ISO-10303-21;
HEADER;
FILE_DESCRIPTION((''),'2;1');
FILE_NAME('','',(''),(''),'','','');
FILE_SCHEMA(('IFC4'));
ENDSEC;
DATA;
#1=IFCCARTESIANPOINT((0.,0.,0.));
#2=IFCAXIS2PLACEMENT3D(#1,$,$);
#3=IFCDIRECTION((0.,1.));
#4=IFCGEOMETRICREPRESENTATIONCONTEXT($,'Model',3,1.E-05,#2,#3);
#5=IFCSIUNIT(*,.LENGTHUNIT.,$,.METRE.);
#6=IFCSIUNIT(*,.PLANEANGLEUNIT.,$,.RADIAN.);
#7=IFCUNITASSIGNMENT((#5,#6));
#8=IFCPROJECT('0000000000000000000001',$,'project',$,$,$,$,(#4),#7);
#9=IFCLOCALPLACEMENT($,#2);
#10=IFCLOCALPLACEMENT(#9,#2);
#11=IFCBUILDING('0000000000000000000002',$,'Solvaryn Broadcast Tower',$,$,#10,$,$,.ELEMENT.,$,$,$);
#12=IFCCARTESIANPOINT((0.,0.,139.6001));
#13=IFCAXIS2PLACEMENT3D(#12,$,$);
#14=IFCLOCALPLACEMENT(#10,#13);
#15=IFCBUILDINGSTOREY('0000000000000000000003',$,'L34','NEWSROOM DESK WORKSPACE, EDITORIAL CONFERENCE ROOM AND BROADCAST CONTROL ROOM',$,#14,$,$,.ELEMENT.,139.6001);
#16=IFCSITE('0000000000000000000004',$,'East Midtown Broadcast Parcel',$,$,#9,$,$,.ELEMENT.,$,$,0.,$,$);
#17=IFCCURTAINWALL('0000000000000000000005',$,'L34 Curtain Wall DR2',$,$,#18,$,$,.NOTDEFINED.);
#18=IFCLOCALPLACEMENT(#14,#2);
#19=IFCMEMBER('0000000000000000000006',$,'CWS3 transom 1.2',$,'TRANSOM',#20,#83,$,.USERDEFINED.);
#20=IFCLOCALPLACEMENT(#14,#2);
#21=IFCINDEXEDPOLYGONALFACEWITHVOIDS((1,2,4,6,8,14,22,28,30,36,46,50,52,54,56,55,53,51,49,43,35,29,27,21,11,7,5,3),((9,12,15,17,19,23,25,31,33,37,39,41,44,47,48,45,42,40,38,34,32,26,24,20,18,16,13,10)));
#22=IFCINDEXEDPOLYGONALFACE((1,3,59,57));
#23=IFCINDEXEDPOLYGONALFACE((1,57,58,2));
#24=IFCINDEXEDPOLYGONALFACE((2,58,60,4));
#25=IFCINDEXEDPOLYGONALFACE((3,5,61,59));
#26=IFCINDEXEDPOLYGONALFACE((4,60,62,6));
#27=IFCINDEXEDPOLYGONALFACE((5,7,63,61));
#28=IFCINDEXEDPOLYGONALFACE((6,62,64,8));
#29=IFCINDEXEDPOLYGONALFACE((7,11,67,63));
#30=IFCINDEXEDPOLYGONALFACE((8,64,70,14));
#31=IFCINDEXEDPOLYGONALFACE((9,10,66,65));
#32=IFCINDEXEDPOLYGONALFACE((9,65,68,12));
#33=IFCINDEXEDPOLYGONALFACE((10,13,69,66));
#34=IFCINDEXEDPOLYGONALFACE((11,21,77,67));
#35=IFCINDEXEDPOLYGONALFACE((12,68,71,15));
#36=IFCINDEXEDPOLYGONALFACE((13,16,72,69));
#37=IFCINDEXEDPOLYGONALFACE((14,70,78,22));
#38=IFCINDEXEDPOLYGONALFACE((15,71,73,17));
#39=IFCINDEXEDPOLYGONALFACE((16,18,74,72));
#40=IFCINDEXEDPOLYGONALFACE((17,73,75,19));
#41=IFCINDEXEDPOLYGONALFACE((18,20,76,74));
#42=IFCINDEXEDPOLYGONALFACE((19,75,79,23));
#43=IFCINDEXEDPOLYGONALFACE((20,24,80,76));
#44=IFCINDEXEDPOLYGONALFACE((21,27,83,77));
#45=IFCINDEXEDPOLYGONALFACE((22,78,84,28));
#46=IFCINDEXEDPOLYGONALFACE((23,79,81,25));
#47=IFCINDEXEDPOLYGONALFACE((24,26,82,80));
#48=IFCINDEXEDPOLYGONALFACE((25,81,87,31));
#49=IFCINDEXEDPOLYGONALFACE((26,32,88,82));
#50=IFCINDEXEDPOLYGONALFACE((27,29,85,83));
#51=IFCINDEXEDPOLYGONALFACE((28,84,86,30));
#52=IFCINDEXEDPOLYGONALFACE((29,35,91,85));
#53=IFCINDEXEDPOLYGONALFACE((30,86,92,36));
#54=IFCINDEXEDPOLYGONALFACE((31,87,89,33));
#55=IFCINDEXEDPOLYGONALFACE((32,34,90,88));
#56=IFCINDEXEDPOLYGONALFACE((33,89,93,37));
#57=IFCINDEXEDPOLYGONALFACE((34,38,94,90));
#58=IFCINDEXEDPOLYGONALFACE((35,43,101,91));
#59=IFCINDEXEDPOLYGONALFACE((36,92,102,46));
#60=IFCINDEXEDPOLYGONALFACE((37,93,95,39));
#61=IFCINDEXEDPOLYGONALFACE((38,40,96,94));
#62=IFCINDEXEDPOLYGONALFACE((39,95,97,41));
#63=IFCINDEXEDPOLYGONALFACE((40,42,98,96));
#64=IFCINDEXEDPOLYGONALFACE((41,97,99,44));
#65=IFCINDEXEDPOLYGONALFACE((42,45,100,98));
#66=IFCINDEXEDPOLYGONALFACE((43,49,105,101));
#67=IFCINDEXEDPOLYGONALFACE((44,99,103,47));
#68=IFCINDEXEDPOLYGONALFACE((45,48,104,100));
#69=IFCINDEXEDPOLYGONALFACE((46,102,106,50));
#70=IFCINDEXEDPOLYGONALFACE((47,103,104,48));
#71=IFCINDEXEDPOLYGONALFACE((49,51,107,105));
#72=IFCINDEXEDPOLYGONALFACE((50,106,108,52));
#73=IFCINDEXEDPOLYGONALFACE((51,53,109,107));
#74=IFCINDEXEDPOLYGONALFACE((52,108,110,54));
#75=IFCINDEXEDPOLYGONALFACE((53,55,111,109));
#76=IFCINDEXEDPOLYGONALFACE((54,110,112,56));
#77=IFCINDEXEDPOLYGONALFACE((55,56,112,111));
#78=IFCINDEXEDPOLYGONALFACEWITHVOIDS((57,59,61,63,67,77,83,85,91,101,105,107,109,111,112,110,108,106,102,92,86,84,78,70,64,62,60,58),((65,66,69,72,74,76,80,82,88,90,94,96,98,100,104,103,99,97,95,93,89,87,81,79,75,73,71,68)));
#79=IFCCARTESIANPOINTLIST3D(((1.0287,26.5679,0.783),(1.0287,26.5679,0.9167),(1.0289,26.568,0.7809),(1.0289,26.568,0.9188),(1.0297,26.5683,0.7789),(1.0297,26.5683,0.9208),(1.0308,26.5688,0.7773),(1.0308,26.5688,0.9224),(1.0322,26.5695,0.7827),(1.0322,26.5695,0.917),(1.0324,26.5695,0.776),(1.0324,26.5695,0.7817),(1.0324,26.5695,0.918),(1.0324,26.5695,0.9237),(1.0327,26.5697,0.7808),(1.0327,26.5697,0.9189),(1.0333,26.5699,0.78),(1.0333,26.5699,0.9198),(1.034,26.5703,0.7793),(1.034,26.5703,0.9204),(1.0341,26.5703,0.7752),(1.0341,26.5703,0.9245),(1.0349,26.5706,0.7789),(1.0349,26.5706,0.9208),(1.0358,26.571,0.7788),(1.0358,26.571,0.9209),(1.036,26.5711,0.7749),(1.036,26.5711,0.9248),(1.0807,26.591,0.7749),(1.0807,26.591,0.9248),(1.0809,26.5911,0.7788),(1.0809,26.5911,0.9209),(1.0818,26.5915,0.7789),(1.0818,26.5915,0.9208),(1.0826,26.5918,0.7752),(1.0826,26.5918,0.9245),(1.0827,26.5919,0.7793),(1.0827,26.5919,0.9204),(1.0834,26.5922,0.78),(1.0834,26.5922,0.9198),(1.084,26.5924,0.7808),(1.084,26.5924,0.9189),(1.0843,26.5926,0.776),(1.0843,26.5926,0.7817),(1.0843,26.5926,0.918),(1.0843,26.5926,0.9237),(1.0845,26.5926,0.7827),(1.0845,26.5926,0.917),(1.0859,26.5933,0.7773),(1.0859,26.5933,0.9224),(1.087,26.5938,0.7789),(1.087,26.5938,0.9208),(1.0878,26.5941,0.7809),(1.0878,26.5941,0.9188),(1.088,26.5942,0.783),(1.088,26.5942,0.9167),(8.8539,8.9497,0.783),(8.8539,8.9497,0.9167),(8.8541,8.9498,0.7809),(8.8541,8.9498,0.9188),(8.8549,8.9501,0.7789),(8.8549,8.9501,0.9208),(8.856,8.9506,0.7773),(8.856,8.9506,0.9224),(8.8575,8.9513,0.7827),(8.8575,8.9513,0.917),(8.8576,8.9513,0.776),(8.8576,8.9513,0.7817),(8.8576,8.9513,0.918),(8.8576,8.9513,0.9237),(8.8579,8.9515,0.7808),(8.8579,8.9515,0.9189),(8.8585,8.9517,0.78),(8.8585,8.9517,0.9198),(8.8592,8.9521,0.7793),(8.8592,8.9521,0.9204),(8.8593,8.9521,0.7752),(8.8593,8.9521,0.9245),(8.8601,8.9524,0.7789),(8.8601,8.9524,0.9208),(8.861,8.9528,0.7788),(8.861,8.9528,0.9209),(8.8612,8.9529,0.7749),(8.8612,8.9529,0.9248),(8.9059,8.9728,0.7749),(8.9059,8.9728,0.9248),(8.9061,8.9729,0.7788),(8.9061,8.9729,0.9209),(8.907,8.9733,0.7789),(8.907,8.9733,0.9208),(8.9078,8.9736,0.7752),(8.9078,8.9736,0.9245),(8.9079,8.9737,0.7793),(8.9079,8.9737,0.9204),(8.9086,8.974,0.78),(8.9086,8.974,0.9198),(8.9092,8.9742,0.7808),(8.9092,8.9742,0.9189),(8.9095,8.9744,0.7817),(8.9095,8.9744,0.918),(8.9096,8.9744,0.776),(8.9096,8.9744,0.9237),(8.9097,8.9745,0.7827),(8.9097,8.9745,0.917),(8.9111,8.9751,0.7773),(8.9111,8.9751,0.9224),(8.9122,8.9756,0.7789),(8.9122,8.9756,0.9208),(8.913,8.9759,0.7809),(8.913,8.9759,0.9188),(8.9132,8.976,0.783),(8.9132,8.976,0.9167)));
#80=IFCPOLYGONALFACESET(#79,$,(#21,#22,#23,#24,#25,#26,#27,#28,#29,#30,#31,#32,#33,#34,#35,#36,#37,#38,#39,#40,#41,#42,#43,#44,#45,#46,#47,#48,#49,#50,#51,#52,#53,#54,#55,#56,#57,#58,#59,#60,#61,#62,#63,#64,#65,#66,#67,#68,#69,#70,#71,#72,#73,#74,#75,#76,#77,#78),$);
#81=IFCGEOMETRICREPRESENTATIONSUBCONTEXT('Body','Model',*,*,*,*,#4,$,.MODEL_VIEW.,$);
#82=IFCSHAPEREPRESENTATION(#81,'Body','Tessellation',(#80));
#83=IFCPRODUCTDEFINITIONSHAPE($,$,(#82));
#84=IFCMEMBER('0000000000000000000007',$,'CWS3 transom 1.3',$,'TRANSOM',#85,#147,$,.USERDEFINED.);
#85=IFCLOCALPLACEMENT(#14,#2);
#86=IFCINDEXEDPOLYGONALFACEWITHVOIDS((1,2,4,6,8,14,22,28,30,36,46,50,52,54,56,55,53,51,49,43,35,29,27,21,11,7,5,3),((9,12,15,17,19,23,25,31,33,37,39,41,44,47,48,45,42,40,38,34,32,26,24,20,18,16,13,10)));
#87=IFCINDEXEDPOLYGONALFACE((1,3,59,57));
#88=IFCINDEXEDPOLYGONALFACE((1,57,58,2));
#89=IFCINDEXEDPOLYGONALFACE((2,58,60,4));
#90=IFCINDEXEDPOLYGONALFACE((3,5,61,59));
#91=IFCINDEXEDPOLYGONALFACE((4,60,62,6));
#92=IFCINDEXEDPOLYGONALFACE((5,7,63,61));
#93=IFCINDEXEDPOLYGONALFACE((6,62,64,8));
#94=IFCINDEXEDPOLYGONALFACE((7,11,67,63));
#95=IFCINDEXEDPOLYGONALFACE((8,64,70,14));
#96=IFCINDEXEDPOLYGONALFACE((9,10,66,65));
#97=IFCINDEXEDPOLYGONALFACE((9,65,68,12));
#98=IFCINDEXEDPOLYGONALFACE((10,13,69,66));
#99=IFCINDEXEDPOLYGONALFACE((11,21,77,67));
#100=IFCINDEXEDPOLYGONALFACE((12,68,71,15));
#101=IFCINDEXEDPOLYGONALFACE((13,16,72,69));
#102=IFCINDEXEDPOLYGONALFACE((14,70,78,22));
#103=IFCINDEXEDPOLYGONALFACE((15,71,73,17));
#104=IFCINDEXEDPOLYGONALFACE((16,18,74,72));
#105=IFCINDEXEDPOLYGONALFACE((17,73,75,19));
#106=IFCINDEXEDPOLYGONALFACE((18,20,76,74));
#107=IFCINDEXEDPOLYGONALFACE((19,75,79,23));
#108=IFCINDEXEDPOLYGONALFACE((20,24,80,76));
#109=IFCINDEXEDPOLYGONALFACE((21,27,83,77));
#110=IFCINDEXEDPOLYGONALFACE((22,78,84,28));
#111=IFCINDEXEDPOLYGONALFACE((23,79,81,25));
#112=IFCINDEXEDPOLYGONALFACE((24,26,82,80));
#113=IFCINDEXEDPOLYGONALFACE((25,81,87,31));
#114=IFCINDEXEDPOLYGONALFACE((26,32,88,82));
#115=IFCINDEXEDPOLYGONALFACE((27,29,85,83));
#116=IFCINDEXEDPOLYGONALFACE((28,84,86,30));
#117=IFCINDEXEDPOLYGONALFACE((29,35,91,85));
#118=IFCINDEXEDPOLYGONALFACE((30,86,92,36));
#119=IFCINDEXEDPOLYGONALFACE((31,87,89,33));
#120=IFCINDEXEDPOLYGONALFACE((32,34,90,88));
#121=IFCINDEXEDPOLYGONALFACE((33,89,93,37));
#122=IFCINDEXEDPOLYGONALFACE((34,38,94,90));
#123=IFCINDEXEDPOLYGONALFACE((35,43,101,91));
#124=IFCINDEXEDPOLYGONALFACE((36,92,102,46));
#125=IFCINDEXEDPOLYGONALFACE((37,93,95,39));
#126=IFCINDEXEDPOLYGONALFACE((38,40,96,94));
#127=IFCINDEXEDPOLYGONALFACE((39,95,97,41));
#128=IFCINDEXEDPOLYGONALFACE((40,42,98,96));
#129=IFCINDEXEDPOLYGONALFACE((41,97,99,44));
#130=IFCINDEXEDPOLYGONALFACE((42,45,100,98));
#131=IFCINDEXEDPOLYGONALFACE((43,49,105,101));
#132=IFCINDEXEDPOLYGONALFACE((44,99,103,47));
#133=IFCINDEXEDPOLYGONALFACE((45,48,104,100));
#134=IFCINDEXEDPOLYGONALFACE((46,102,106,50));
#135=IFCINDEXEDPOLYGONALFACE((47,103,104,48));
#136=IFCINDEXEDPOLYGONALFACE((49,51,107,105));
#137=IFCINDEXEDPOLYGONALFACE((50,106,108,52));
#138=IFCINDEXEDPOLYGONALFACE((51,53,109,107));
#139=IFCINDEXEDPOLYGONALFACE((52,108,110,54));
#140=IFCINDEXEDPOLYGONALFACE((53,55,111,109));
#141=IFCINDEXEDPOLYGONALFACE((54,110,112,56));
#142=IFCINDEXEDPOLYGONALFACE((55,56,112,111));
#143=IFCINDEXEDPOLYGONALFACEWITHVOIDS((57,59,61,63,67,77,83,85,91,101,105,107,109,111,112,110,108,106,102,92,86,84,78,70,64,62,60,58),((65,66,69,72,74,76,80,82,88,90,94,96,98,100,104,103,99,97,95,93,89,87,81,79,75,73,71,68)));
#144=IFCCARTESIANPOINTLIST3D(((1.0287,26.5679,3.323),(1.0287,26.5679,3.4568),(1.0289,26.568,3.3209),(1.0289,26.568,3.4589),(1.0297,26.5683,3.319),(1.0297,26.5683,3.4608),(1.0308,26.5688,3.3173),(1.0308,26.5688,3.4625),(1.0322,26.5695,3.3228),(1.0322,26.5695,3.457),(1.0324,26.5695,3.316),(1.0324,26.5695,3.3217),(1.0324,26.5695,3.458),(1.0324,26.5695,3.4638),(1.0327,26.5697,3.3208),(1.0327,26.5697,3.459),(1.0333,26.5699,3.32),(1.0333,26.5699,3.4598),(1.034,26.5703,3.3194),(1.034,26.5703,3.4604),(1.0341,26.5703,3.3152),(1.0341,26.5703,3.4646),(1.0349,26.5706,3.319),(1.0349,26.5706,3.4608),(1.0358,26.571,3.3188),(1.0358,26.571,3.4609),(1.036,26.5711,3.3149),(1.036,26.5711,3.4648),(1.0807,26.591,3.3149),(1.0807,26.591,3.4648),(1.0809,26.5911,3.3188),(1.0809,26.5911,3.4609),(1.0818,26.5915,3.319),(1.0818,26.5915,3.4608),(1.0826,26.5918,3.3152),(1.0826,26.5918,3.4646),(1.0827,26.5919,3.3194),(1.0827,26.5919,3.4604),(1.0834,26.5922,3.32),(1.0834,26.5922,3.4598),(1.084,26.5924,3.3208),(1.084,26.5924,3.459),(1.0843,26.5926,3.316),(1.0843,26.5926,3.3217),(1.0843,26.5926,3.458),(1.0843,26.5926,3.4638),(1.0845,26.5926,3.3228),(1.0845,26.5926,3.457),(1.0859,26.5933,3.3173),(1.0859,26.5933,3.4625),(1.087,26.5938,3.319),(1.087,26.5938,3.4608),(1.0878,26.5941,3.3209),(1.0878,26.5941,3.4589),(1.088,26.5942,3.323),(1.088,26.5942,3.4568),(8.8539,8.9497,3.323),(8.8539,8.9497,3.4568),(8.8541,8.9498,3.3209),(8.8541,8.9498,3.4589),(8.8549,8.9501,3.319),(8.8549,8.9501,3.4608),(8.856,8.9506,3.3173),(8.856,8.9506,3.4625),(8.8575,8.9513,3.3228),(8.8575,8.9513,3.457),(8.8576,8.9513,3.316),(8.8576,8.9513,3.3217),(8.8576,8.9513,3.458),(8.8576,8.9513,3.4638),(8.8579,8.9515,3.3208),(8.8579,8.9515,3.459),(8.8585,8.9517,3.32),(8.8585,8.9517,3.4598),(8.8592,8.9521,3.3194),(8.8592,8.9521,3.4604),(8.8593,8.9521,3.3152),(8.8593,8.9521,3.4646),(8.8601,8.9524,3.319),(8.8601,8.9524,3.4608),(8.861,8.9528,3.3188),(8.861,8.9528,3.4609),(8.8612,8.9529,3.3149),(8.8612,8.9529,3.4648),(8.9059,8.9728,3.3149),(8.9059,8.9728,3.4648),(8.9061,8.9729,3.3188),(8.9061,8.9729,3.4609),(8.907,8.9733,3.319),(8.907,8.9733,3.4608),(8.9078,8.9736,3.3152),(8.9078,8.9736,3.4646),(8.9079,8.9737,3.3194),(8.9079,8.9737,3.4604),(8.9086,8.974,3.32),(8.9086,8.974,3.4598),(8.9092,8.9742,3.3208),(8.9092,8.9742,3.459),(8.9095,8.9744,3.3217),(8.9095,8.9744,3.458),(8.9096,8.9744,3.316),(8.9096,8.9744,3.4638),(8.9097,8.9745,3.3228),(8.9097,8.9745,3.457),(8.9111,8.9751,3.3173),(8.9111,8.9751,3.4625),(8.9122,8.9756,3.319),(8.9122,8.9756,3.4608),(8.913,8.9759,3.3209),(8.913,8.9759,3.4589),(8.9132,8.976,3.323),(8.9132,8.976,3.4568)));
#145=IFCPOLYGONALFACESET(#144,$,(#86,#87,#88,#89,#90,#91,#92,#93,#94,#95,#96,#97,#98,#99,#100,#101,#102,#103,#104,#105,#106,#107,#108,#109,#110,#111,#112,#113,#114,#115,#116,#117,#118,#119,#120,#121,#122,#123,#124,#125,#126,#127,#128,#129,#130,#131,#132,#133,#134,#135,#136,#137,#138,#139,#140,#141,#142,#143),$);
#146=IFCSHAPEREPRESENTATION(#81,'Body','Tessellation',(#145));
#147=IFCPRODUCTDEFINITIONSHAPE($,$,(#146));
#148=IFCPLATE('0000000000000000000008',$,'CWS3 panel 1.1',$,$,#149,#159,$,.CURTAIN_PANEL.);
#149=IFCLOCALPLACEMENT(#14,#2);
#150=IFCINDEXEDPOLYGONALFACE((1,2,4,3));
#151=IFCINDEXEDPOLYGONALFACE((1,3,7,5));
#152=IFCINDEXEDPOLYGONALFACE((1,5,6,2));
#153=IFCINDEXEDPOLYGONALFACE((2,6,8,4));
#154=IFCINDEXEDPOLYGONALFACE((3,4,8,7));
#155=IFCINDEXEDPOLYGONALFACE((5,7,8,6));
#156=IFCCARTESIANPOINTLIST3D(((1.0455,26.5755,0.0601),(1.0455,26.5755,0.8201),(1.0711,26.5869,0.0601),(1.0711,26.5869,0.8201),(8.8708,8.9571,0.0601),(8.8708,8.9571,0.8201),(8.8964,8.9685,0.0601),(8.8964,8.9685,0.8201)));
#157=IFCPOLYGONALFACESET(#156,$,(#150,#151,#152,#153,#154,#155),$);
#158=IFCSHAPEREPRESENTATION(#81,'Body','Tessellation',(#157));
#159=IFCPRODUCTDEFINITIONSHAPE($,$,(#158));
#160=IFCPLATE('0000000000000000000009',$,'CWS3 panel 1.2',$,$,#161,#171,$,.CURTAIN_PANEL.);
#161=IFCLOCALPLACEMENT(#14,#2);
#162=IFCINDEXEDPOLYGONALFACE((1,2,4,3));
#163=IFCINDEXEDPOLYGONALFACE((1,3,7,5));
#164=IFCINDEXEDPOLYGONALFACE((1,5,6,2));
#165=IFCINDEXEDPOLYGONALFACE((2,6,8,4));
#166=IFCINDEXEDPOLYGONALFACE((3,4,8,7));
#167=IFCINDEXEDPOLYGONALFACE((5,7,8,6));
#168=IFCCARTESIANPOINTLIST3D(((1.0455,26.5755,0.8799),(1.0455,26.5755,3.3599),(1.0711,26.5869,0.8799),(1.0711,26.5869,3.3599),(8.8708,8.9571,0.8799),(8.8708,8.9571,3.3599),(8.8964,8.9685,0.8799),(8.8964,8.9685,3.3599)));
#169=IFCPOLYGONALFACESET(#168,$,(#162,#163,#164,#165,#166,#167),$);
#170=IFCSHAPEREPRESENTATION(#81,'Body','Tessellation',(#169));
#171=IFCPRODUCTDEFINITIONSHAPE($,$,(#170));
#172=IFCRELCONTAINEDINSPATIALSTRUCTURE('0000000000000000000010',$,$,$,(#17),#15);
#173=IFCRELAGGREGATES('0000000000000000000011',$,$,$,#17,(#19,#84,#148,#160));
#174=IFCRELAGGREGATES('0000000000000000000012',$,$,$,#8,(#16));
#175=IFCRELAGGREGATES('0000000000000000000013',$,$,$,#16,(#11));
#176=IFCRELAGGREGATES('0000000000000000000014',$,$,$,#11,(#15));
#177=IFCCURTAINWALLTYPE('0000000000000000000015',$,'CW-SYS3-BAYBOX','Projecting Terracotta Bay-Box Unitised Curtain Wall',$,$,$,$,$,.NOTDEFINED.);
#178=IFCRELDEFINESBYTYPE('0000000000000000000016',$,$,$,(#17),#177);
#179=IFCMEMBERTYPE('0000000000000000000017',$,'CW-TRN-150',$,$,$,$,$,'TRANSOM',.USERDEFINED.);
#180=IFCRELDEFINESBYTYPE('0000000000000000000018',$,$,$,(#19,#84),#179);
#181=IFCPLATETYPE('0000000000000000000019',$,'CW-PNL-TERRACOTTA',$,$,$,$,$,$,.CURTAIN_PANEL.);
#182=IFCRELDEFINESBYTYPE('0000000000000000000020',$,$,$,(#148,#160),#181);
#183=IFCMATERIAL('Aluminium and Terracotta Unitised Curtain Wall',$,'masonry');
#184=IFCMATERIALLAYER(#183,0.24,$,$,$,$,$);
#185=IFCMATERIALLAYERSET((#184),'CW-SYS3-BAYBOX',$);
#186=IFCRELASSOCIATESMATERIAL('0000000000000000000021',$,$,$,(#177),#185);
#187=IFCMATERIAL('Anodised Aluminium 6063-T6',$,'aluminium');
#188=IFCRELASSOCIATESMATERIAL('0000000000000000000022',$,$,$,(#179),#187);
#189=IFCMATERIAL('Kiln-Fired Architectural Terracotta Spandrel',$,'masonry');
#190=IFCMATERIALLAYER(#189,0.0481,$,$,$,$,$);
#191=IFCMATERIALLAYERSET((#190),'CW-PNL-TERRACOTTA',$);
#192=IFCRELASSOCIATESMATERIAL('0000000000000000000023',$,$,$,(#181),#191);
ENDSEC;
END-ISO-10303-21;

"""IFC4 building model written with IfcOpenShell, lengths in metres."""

from ifc_helpers import new_model, si_unit, direction, frame, origin, origin_2d, place, context, subcontext, project, spatial, rectangle, hollow_rectangle, extrude, material, layer, layer_set, material_profile, profile_set, type_object, element, aggregate, save


model = new_model("IFC4")

# Units and contexts
model_context = context("Model", 3, precision=1e-05, world=origin(), true_north=direction((0.0, 1.0)))
body_context = subcontext(model_context, "Body", "Model", "MODEL_VIEW")
ifc_project = project(units=[si_unit("LENGTHUNIT", "METRE"), si_unit("PLANEANGLEUNIT", "RADIAN")], contexts=[model_context])

# Site, building, storey
site_placement = place(None, origin())
site = spatial("IfcSite", under=ifc_project, at=site_placement, Name="East Midtown Broadcast Parcel", CompositionType="ELEMENT", RefElevation=0.0)
building_placement = place(site_placement, origin())
building = spatial("IfcBuilding", under=site, at=building_placement, Name="Solvaryn Broadcast Tower", CompositionType="ELEMENT")
storey_placement = place(building_placement, frame((0.0, 0.0, 139.6001)))
storey = spatial("IfcBuildingStorey", under=building, at=storey_placement, Name="L34", Description="NEWSROOM DESK WORKSPACE, EDITORIAL CONFERENCE ROOM AND BROADCAST CONTROL ROOM", CompositionType="ELEMENT", Elevation=139.6001)

# Curtain wall, members, plates
ifc_material_1 = material(Name="Aluminium and Terracotta Unitised Curtain Wall", Category="masonry")
ifc_layer_1 = layer(ifc_material_1, 0.24)
ifc_layer_set_1 = layer_set([ifc_layer_1], Name="CW-SYS3-BAYBOX")
curtain_wall_type_1 = type_object("IfcCurtainWallType", Name="CW-SYS3-BAYBOX", Description="Projecting Terracotta Bay-Box Unitised Curtain Wall", PredefinedType="NOTDEFINED", material=ifc_layer_set_1)
curtain_wall_1_placement = place(storey_placement, origin())
curtain_wall_1 = element("IfcCurtainWall", 1, at=curtain_wall_1_placement, inside=storey, type_object=curtain_wall_type_1, Name="L34 Curtain Wall DR2", PredefinedType="NOTDEFINED")
ifc_material_2 = material(Name="Anodised Aluminium 6063-T6", Category="aluminium")
ifc_material_profile_1 = material_profile(ifc_material_2, hollow_rectangle(XDim=0.0649, YDim=0.1499, WallThickness=0.0039, InnerFilletRadius=0.0039, OuterFilletRadius=0.0081, at=origin_2d()))
ifc_profile_set_1 = profile_set([ifc_material_profile_1], Name="Anodised Aluminium 6063-T6")
member_type_1 = type_object("IfcMemberType", Name="CW-TRN-150", ElementType="TRANSOM", PredefinedType="USERDEFINED", material=ifc_profile_set_1)
member_1_placement = place(storey_placement, frame((1.0583, 26.5811, 0.8499), z_axis=(0.405918, -0.91391, 0.0), x_axis=(0.91391, 0.405918, 0.0)))
member_1 = element("IfcMember", 2, at=member_1_placement, type_object=member_type_1, Name="CWS3 transom 1.2", ObjectType="TRANSOM", PredefinedType="USERDEFINED", context=body_context, shape_type="SweptSolid", body=[
    extrude(hollow_rectangle(XDim=0.0649, YDim=0.1499, WallThickness=0.0039, InnerFilletRadius=0.0039, OuterFilletRadius=0.0081, at=origin_2d()), origin(), (0.0, 0.0, 1.0), 19.2778),
])
member_2_placement = place(storey_placement, frame((1.0583, 26.5811, 3.3899), z_axis=(0.405918, -0.91391, 0.0), x_axis=(0.91391, 0.405918, 0.0)))
member_2 = element("IfcMember", 3, at=member_2_placement, type_object=member_type_1, Name="CWS3 transom 1.3", ObjectType="TRANSOM", PredefinedType="USERDEFINED", context=body_context, shape_type="SweptSolid", body=[
    extrude(hollow_rectangle(XDim=0.0649, YDim=0.1499, WallThickness=0.0039, InnerFilletRadius=0.0039, OuterFilletRadius=0.0081, at=origin_2d()), origin(), (0.0, 0.0, 1.0), 19.2778),
])
ifc_material_3 = material(Name="Kiln-Fired Architectural Terracotta Spandrel", Category="masonry")
ifc_layer_2 = layer(ifc_material_3, 0.0481)
ifc_layer_set_2 = layer_set([ifc_layer_2], Name="CW-PNL-TERRACOTTA")
plate_type = type_object("IfcPlateType", Name="CW-PNL-TERRACOTTA", PredefinedType="CURTAIN_PANEL", material=ifc_layer_set_2)
plate_1_placement = place(storey_placement, frame((4.9709, 17.772, 0.0601), z_axis=(0.0, 0.0, 1.0), x_axis=(0.405918, -0.913909, 0.0)))
plate_1 = element("IfcPlate", 4, at=plate_1_placement, type_object=plate_type, Name="CWS3 panel 1.1", PredefinedType="CURTAIN_PANEL", context=body_context, shape_type="SweptSolid", body=[
    extrude(rectangle(XDim=19.2781, YDim=0.0281, at=origin_2d()), origin(), (0.0, 0.0, 1.0), 0.76),
])
plate_2_placement = place(storey_placement, frame((4.9709, 17.772, 0.8799), z_axis=(0.0, 0.0, 1.0), x_axis=(0.405918, -0.913909, 0.0)))
plate_2 = element("IfcPlate", 5, at=plate_2_placement, type_object=plate_type, Name="CWS3 panel 1.2", PredefinedType="CURTAIN_PANEL", context=body_context, shape_type="SweptSolid", body=[
    extrude(rectangle(XDim=19.2781, YDim=0.0281, at=origin_2d()), origin(), (0.0, 0.0, 1.0), 2.48),
])
aggregate(curtain_wall_1, [member_1, member_2, plate_1, plate_2])

save(model, "model.ifc")
